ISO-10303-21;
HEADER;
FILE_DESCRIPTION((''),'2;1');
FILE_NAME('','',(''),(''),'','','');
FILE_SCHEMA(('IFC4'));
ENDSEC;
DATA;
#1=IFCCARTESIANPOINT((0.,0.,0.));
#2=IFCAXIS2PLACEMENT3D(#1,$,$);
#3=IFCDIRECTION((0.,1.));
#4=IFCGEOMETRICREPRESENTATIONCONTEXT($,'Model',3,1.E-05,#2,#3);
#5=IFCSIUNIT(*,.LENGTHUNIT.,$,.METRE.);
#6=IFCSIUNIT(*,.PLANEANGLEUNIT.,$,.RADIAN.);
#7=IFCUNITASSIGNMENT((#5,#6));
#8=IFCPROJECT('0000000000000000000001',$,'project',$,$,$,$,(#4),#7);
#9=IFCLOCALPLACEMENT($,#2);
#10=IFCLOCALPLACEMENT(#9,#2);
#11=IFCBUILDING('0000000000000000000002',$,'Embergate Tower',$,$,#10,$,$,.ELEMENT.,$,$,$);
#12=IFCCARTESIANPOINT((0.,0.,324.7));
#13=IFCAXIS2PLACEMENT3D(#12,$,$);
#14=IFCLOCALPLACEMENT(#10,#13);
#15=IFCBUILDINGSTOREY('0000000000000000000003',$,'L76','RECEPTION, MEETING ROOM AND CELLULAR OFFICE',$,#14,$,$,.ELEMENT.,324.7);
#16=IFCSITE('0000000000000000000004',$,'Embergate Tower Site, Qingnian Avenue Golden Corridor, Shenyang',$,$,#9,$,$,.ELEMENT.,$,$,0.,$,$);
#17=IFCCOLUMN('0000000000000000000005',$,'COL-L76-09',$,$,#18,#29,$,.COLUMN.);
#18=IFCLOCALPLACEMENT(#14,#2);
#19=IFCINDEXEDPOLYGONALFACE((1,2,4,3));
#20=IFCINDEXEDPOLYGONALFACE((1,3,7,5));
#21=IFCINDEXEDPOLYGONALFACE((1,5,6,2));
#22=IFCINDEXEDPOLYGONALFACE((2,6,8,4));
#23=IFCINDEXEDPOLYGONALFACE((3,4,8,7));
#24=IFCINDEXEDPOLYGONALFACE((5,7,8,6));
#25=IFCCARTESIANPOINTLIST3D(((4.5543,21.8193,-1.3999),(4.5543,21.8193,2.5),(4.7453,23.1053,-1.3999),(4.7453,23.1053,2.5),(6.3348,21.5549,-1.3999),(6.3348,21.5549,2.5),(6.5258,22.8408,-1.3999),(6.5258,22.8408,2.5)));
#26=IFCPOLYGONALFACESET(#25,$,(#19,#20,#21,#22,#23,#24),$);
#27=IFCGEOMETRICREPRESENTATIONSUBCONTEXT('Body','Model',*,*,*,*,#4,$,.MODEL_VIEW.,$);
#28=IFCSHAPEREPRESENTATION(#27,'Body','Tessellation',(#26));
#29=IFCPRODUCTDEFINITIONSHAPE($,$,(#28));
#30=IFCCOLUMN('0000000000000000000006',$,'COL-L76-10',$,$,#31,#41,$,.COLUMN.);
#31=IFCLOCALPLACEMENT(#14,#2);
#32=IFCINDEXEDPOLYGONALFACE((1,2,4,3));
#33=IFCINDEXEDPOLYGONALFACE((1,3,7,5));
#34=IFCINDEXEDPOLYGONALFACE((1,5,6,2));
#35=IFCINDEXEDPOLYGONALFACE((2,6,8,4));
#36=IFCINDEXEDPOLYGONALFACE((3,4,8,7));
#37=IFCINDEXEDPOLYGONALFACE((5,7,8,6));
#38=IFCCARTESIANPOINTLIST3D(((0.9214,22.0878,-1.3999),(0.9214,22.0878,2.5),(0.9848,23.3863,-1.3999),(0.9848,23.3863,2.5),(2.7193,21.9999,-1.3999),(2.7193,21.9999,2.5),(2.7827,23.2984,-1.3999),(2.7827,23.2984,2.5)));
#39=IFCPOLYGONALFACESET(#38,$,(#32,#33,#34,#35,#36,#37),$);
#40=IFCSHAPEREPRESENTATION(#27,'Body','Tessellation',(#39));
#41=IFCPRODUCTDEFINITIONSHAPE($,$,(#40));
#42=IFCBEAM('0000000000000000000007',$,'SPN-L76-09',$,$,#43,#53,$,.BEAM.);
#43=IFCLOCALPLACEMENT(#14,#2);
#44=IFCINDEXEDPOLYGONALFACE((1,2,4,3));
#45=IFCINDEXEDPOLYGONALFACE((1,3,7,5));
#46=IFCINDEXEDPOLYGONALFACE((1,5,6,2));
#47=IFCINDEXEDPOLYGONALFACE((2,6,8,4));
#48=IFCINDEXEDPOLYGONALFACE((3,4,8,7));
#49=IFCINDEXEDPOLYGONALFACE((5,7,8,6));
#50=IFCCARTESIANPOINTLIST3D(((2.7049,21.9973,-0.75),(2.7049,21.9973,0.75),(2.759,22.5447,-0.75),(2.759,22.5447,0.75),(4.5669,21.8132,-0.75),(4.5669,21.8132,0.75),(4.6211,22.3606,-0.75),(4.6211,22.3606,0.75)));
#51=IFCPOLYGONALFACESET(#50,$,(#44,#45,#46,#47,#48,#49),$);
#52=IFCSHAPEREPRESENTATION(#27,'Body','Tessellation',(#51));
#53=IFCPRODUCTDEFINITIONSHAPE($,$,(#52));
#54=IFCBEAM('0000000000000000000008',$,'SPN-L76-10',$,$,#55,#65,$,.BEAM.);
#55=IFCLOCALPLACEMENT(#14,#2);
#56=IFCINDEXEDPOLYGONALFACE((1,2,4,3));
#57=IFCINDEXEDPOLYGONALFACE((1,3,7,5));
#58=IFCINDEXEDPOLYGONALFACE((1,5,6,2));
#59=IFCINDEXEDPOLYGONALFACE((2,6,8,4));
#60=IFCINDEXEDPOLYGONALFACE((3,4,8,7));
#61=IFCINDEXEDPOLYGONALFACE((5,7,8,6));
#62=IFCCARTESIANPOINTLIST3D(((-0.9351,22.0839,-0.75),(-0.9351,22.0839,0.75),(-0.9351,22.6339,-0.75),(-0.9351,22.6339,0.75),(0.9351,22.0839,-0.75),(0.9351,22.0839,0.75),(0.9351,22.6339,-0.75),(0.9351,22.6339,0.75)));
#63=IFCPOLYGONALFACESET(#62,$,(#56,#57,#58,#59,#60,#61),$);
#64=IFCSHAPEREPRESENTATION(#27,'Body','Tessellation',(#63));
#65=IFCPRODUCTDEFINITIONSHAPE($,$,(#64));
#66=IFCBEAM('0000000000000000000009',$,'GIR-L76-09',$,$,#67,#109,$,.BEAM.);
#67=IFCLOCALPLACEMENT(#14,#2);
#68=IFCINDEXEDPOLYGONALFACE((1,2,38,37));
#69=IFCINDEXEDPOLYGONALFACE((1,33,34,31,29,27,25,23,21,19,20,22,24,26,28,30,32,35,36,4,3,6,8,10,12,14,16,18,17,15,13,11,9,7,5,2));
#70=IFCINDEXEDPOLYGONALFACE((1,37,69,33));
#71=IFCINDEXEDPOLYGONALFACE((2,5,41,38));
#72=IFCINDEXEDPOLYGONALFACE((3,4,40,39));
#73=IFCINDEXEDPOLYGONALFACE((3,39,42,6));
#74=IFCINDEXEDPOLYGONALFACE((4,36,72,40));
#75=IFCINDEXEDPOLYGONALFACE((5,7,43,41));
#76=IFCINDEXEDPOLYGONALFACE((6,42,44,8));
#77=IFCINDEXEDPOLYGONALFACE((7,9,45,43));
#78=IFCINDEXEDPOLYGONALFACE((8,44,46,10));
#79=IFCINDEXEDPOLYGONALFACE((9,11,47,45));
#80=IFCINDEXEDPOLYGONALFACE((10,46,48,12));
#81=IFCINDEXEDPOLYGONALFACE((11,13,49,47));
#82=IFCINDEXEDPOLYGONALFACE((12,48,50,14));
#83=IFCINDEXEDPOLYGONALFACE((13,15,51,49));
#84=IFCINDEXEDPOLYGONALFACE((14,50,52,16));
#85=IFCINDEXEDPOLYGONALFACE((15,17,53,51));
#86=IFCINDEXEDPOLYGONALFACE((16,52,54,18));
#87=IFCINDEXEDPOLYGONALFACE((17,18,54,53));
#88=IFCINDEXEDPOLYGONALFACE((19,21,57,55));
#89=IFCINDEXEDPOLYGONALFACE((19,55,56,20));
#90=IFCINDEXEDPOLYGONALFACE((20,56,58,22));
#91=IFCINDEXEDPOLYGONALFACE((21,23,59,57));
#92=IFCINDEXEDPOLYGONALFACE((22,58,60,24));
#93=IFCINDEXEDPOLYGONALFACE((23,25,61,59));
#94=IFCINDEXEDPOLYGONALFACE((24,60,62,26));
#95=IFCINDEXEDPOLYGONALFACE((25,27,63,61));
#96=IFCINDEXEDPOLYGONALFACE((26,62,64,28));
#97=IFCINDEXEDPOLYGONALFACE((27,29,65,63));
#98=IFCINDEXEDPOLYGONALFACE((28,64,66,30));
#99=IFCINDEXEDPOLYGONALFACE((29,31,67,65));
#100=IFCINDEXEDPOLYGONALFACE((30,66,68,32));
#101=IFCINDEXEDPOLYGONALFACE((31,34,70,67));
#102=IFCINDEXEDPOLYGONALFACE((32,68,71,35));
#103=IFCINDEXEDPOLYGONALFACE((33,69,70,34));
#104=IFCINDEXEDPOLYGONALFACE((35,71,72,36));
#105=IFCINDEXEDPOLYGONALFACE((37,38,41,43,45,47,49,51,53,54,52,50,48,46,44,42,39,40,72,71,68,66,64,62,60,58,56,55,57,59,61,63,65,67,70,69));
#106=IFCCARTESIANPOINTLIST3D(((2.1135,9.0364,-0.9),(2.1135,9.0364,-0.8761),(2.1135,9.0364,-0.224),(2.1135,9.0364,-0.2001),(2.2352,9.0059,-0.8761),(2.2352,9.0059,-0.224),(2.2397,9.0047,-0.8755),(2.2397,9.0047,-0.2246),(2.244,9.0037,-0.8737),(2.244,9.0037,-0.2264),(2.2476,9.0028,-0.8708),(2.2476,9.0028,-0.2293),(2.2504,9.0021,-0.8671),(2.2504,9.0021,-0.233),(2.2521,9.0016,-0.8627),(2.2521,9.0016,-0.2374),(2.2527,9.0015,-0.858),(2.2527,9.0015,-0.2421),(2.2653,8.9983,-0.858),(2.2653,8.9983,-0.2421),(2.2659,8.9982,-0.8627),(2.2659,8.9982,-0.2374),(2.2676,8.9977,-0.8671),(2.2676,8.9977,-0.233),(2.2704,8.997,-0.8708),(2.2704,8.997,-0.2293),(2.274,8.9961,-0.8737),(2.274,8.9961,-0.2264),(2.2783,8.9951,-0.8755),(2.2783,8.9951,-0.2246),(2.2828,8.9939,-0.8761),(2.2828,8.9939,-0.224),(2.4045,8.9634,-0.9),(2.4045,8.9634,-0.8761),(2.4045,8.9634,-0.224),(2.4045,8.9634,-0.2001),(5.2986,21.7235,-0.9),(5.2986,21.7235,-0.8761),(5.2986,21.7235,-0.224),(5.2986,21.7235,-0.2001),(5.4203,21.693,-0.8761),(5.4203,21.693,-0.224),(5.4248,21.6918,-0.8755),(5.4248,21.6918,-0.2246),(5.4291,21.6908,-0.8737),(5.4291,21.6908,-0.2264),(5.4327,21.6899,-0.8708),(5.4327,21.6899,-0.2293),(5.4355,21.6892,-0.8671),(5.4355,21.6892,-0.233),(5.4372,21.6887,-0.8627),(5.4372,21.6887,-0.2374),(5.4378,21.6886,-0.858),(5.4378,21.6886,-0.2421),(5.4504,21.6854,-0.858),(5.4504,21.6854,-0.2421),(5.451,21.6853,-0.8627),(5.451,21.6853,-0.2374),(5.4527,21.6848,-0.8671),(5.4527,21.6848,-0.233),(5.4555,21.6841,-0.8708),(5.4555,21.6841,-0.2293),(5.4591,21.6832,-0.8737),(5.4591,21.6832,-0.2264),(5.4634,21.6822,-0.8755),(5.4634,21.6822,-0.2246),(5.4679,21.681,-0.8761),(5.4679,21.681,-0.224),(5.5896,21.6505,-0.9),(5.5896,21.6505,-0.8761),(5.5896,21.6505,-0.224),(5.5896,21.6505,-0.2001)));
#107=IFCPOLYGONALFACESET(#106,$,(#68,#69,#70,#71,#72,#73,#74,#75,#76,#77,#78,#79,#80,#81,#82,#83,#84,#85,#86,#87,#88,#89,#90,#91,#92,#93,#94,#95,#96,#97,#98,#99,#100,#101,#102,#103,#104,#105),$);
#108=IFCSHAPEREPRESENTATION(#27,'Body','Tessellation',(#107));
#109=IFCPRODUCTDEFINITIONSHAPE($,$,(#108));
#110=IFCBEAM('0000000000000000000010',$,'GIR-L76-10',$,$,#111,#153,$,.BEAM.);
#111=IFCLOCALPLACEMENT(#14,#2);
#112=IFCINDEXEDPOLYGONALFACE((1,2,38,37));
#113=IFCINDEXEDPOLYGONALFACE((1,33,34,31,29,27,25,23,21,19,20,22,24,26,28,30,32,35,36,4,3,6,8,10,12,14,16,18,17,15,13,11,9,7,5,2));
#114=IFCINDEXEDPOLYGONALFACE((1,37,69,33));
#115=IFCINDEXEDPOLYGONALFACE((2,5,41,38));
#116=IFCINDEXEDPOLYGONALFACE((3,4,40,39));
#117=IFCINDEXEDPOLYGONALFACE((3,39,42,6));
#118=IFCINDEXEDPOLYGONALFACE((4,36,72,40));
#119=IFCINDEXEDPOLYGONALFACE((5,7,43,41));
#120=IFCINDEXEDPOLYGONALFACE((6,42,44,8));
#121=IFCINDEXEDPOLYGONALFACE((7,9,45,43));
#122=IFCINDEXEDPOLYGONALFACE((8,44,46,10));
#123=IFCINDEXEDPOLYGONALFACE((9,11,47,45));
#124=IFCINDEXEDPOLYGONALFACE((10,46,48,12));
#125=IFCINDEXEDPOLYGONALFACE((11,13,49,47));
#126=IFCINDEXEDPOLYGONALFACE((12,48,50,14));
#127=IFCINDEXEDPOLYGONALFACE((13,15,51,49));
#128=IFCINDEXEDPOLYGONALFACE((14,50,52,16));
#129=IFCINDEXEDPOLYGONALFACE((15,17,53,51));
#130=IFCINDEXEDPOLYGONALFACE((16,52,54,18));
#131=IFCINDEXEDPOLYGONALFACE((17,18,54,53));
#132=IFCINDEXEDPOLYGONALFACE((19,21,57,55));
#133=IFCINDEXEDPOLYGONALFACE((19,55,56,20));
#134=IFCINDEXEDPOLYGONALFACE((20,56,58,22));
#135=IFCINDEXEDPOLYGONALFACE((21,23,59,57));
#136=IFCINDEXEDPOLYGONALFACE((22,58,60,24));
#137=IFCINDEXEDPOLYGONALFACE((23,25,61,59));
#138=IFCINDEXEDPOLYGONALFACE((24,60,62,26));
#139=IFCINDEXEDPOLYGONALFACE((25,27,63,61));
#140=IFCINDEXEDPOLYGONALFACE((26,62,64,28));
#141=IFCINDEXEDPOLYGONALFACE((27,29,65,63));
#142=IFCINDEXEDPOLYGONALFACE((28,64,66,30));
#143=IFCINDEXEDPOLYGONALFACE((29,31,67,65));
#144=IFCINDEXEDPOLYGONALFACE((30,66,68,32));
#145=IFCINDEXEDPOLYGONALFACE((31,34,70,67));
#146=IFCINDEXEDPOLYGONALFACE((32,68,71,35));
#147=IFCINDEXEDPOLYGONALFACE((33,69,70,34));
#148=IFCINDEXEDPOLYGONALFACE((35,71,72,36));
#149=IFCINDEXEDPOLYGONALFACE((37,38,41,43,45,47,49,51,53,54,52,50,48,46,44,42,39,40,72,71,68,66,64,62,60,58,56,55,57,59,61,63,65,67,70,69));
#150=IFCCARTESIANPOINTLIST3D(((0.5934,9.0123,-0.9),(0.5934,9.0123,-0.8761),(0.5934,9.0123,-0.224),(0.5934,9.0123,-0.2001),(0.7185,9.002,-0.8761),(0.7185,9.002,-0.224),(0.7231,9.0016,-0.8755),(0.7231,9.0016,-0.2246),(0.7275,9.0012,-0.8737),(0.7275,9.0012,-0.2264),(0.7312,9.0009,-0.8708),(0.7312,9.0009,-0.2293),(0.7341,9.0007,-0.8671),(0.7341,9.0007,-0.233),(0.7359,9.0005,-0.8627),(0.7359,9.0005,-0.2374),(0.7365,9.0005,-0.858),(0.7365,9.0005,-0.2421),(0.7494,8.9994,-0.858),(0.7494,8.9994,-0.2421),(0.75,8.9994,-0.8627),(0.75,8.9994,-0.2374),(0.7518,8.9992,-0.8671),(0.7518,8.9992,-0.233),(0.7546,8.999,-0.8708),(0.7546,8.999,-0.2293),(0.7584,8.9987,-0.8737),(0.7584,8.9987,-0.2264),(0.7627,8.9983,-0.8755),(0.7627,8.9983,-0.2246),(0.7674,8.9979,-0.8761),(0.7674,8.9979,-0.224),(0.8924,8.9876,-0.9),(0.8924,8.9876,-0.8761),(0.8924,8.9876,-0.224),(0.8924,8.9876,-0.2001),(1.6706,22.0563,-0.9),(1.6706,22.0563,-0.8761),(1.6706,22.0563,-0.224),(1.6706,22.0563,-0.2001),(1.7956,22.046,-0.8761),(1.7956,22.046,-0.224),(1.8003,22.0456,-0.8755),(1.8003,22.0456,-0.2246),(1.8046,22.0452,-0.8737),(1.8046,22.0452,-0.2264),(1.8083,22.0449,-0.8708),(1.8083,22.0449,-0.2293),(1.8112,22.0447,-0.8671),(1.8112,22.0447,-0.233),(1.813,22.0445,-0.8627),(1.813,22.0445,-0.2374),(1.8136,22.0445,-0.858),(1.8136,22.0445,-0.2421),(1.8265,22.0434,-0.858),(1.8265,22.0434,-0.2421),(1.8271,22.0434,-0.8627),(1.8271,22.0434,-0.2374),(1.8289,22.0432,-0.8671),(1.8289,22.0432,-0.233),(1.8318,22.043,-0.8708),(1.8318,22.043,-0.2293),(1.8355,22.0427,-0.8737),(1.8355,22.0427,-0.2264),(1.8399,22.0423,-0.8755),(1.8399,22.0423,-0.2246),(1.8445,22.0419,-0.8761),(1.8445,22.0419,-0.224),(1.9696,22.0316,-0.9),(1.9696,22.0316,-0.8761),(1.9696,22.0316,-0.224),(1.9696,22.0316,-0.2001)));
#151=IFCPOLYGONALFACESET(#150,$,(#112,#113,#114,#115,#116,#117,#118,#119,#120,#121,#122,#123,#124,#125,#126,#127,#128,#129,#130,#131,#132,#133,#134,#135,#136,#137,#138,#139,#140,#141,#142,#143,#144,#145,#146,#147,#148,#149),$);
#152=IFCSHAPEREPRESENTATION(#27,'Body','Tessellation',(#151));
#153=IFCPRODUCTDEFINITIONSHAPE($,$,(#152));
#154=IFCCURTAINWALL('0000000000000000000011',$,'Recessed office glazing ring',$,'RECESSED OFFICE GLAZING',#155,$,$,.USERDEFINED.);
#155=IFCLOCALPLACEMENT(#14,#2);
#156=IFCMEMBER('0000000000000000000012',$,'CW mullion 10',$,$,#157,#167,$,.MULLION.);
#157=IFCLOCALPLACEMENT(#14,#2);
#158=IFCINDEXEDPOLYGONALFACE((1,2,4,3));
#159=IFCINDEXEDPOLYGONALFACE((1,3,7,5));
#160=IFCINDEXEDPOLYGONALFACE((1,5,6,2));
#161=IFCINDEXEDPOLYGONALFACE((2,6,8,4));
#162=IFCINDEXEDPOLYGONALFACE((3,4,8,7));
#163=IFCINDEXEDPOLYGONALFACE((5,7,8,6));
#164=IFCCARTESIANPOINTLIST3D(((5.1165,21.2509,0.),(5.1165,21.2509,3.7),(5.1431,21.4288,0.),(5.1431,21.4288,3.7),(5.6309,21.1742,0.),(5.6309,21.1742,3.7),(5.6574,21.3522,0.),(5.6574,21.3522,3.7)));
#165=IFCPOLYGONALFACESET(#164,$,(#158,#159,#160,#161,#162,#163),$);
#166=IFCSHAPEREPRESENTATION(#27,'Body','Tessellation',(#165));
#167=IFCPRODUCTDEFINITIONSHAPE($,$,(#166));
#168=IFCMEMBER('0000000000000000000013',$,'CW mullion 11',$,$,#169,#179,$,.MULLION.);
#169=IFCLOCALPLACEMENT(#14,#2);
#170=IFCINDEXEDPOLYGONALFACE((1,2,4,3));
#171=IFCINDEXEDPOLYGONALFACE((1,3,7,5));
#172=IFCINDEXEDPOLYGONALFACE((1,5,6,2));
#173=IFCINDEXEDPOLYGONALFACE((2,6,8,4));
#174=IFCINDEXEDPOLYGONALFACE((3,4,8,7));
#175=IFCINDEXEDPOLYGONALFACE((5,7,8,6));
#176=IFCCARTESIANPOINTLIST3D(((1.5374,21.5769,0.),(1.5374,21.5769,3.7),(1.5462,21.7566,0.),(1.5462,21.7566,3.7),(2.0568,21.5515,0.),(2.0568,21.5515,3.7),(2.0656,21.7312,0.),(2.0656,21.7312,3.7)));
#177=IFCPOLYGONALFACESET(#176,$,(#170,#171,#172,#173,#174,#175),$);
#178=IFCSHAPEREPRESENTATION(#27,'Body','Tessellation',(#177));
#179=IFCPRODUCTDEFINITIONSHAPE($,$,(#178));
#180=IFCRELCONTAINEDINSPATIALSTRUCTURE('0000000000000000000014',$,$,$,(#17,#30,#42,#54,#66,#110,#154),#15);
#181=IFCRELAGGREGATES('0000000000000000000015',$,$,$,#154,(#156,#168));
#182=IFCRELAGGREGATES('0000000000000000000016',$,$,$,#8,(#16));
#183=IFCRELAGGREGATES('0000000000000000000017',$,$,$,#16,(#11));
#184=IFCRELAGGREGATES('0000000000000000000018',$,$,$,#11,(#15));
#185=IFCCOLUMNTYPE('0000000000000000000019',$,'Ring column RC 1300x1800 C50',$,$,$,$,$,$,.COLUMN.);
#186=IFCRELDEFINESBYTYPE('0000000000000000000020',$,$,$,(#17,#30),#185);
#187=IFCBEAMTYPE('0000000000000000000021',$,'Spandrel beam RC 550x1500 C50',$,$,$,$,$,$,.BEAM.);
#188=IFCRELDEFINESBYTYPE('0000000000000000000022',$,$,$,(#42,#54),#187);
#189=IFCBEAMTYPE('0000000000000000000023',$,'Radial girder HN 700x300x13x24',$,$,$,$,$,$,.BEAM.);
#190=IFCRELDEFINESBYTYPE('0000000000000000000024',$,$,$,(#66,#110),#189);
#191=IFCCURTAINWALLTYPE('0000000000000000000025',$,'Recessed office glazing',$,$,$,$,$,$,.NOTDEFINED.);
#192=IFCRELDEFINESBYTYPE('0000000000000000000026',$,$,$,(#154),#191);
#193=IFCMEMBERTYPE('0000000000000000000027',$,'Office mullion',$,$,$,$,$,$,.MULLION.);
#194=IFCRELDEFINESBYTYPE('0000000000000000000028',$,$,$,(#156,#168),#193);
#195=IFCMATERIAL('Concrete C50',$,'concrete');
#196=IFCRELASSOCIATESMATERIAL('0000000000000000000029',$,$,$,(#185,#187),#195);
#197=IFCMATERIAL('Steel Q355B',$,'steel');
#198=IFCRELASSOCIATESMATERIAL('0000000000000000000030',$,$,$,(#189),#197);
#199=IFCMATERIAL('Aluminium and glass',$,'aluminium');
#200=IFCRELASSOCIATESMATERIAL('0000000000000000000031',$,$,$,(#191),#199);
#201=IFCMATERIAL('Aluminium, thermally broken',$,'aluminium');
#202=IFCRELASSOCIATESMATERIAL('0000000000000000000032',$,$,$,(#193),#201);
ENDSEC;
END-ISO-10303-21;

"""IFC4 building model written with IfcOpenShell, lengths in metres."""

from ifc_helpers import new_model, si_unit, direction, frame, origin, origin_2d, place, context, subcontext, project, spatial, rectangle, i_section, extrude, source, transform, mapped, material, material_profile, profile_set, type_object, element, aggregate, save


model = new_model("IFC4")

# Units and contexts
model_context = context("Model", 3, precision=1e-05, world=origin(), true_north=direction((0.0, 1.0)))
body_context = subcontext(model_context, "Body", "Model", "MODEL_VIEW")
ifc_project = project(units=[si_unit("LENGTHUNIT", "METRE"), si_unit("PLANEANGLEUNIT", "RADIAN")], contexts=[model_context])

# Site, building, storey
site_placement = place(None, origin())
site = spatial("IfcSite", under=ifc_project, at=site_placement, Name="Embergate Tower Site, Qingnian Avenue Golden Corridor, Shenyang", CompositionType="ELEMENT", RefElevation=0.0)
building_placement = place(site_placement, origin())
building = spatial("IfcBuilding", under=site, at=building_placement, Name="Embergate Tower", CompositionType="ELEMENT")
storey_placement = place(building_placement, frame((0.0, 0.0, 324.7)))
storey = spatial("IfcBuildingStorey", under=building, at=storey_placement, Name="L76", Description="RECEPTION, MEETING ROOM AND CELLULAR OFFICE", CompositionType="ELEMENT", Elevation=324.7)

# Columns
ifc_material_1 = material(Name="Concrete C50", Category="concrete")
ifc_material_profile_1 = material_profile(ifc_material_1, rectangle(XDim=1.3, YDim=1.8, at=origin_2d()), Name="RC 1300x1800")
ifc_profile_set_1 = profile_set([ifc_material_profile_1], Name="Concrete C50")
column_type = type_object("IfcColumnType", Name="Ring column RC 1300x1800 C50", PredefinedType="COLUMN", material=ifc_profile_set_1)
shared_shape_1 = source(origin(), body_context, "Body", "SweptSolid", [
    extrude(rectangle(XDim=1.3, YDim=1.8, at=origin_2d()), origin(), (0.0, 0.0, 1.0), 3.8999),
])
for number, where, z_axis, x_axis, name in (
    (1, (5.54, 22.3301, -1.3999), (0.0, 0.0, 1.0), (0.146929, 0.989147, 0.0), "COL-L76-09"),
    (2, (1.8521, 22.6931, -1.3999), (0.0, 0.0, 1.0), (0.048815, 0.998808, 0.0), "COL-L76-10"),
):
    element("IfcColumn", number, at=place(storey_placement, frame(where, z_axis=z_axis, x_axis=x_axis)), inside=storey, type_object=column_type, Name=name, PredefinedType="COLUMN", context=body_context, shape_type="MappedRepresentation", body=[
        mapped(shared_shape_1, transform((0.0, 0.0, 0.0))),
    ])

# Beams
ifc_material_profile_2 = material_profile(ifc_material_1, rectangle(XDim=0.55, YDim=1.5, at=origin_2d()), Name="RC 550x1500")
ifc_profile_set_2 = profile_set([ifc_material_profile_2], Name="Concrete C50")
beam_type_1 = type_object("IfcBeamType", Name="Spandrel beam RC 550x1500 C50", PredefinedType="BEAM", material=ifc_profile_set_2)
shared_shape_2 = source(origin(), body_context, "Body", "SweptSolid", [
    extrude(rectangle(XDim=0.55, YDim=1.5, at=origin_2d()), origin(), (0.0, 0.0, 1.0), 1.8711),
])
beam_1_placement = place(storey_placement, frame((4.594, 22.0869, 0.0), z_axis=(-0.995149, 0.09838, 0.0), x_axis=(-0.09838, -0.995149, 0.0)))
element("IfcBeam", 3, at=beam_1_placement, inside=storey, type_object=beam_type_1, Name="SPN-L76-09", PredefinedType="BEAM", context=body_context, shape_type="MappedRepresentation", body=[
    mapped(shared_shape_2, transform((0.0, 0.0, 0.0))),
])
shared_shape_3 = source(origin(), body_context, "Body", "SweptSolid", [
    extrude(rectangle(XDim=0.55, YDim=1.5, at=origin_2d()), origin(), (0.0, 0.0, 1.0), 1.8701),
])
beam_2_placement = place(storey_placement, frame((0.9351, 22.3589, 0.0), z_axis=(-1.0, 0.0, 0.0), x_axis=(0.0, -1.0, 0.0)))
element("IfcBeam", 4, at=beam_2_placement, inside=storey, type_object=beam_type_1, Name="SPN-L76-10", PredefinedType="BEAM", context=body_context, shape_type="MappedRepresentation", body=[
    mapped(shared_shape_3, transform((0.0, 0.0, 0.0))),
])
ifc_material_2 = material(Name="Steel Q355B", Category="steel")
ifc_material_profile_3 = material_profile(ifc_material_2, i_section(OverallWidth=0.3, OverallDepth=0.7, WebThickness=0.0129, FlangeThickness=0.0239, FilletRadius=0.0181, at=origin_2d()), Name="HN 700x300x13x24")
ifc_profile_set_3 = profile_set([ifc_material_profile_3], Name="Steel Q355 grade B")
beam_type_2 = type_object("IfcBeamType", Name="Radial girder HN 700x300x13x24", PredefinedType="BEAM", material=ifc_profile_set_3)
shared_shape_4 = source(origin(), body_context, "Body", "SweptSolid", [
    extrude(i_section(OverallWidth=0.3, OverallDepth=0.7, WebThickness=0.0129, FlangeThickness=0.0239, FilletRadius=0.0181, at=origin_2d()), origin(), (0.0, 0.0, 1.0), 13.0808),
])
beam_3_placement = place(storey_placement, frame((5.4441, 21.687, -0.55), z_axis=(-0.243493, -0.969903, 0.0), x_axis=(0.969903, -0.243493, 0.0)))
element("IfcBeam", 5, at=beam_3_placement, inside=storey, type_object=beam_type_2, Name="GIR-L76-09", PredefinedType="BEAM", context=body_context, shape_type="MappedRepresentation", body=[
    mapped(shared_shape_4, transform((0.0, 0.0, 0.0))),
])
shared_shape_5 = source(origin(), body_context, "Body", "SweptSolid", [
    extrude(i_section(OverallWidth=0.3, OverallDepth=0.7, WebThickness=0.0129, FlangeThickness=0.0239, FilletRadius=0.0181, at=origin_2d()), origin(), (0.0, 0.0, 1.0), 13.0884),
])
beam_4_placement = place(storey_placement, frame((1.8201, 22.0439, -0.55), z_axis=(-0.082298, -0.996608, 0.0), x_axis=(0.996608, -0.082298, 0.0)))
element("IfcBeam", 6, at=beam_4_placement, inside=storey, type_object=beam_type_2, Name="GIR-L76-10", PredefinedType="BEAM", context=body_context, shape_type="MappedRepresentation", body=[
    mapped(shared_shape_5, transform((0.0, 0.0, 0.0))),
])

# Curtain wall, members
ifc_material_3 = material(Name="Aluminium and glass", Category="aluminium")
curtain_wall_type = type_object("IfcCurtainWallType", Name="Recessed office glazing", PredefinedType="NOTDEFINED", material=ifc_material_3)
curtain_wall_placement = place(storey_placement, origin())
curtain_wall = element("IfcCurtainWall", 7, at=curtain_wall_placement, inside=storey, type_object=curtain_wall_type, Name="Recessed office glazing ring", ObjectType="RECESSED OFFICE GLAZING", PredefinedType="USERDEFINED")
ifc_material_4 = material(Name="Aluminium, thermally broken", Category="aluminium")
ifc_material_profile_4 = material_profile(ifc_material_4, rectangle(XDim=0.1799, YDim=0.52, at=origin_2d()), Name="AL 520x180")
ifc_profile_set_4 = profile_set([ifc_material_profile_4], Name="Aluminium, thermally broken")
member_type_1 = type_object("IfcMemberType", Name="Office mullion", PredefinedType="MULLION", material=ifc_profile_set_4)
shared_shape_6 = source(origin(), body_context, "Body", "SweptSolid", [
    extrude(rectangle(XDim=0.1799, YDim=0.52, at=origin_2d()), origin(), (0.0, 0.0, 1.0), 3.7),
])
member_1_placement = place(storey_placement, frame((5.387, 21.3015, 0.0), z_axis=(0.0, 0.0, 1.0), x_axis=(-0.147412, -0.989075, 0.0)))
member_1 = element("IfcMember", 8, at=member_1_placement, type_object=member_type_1, Name="CW mullion 10", PredefinedType="MULLION", context=body_context, shape_type="MappedRepresentation", body=[
    mapped(shared_shape_6, transform((0.0, 0.0, 0.0))),
])
member_2_placement = place(storey_placement, frame((1.8015, 21.6541, 0.0), z_axis=(0.0, 0.0, 1.0), x_axis=(-0.048972, -0.9988, 0.0)))
member_2 = element("IfcMember", 9, at=member_2_placement, type_object=member_type_1, Name="CW mullion 11", PredefinedType="MULLION", context=body_context, shape_type="MappedRepresentation", body=[
    mapped(shared_shape_6, transform((0.0, 0.0, 0.0))),
])
aggregate(curtain_wall, [member_1, member_2])

save(model, "model.ifc")
